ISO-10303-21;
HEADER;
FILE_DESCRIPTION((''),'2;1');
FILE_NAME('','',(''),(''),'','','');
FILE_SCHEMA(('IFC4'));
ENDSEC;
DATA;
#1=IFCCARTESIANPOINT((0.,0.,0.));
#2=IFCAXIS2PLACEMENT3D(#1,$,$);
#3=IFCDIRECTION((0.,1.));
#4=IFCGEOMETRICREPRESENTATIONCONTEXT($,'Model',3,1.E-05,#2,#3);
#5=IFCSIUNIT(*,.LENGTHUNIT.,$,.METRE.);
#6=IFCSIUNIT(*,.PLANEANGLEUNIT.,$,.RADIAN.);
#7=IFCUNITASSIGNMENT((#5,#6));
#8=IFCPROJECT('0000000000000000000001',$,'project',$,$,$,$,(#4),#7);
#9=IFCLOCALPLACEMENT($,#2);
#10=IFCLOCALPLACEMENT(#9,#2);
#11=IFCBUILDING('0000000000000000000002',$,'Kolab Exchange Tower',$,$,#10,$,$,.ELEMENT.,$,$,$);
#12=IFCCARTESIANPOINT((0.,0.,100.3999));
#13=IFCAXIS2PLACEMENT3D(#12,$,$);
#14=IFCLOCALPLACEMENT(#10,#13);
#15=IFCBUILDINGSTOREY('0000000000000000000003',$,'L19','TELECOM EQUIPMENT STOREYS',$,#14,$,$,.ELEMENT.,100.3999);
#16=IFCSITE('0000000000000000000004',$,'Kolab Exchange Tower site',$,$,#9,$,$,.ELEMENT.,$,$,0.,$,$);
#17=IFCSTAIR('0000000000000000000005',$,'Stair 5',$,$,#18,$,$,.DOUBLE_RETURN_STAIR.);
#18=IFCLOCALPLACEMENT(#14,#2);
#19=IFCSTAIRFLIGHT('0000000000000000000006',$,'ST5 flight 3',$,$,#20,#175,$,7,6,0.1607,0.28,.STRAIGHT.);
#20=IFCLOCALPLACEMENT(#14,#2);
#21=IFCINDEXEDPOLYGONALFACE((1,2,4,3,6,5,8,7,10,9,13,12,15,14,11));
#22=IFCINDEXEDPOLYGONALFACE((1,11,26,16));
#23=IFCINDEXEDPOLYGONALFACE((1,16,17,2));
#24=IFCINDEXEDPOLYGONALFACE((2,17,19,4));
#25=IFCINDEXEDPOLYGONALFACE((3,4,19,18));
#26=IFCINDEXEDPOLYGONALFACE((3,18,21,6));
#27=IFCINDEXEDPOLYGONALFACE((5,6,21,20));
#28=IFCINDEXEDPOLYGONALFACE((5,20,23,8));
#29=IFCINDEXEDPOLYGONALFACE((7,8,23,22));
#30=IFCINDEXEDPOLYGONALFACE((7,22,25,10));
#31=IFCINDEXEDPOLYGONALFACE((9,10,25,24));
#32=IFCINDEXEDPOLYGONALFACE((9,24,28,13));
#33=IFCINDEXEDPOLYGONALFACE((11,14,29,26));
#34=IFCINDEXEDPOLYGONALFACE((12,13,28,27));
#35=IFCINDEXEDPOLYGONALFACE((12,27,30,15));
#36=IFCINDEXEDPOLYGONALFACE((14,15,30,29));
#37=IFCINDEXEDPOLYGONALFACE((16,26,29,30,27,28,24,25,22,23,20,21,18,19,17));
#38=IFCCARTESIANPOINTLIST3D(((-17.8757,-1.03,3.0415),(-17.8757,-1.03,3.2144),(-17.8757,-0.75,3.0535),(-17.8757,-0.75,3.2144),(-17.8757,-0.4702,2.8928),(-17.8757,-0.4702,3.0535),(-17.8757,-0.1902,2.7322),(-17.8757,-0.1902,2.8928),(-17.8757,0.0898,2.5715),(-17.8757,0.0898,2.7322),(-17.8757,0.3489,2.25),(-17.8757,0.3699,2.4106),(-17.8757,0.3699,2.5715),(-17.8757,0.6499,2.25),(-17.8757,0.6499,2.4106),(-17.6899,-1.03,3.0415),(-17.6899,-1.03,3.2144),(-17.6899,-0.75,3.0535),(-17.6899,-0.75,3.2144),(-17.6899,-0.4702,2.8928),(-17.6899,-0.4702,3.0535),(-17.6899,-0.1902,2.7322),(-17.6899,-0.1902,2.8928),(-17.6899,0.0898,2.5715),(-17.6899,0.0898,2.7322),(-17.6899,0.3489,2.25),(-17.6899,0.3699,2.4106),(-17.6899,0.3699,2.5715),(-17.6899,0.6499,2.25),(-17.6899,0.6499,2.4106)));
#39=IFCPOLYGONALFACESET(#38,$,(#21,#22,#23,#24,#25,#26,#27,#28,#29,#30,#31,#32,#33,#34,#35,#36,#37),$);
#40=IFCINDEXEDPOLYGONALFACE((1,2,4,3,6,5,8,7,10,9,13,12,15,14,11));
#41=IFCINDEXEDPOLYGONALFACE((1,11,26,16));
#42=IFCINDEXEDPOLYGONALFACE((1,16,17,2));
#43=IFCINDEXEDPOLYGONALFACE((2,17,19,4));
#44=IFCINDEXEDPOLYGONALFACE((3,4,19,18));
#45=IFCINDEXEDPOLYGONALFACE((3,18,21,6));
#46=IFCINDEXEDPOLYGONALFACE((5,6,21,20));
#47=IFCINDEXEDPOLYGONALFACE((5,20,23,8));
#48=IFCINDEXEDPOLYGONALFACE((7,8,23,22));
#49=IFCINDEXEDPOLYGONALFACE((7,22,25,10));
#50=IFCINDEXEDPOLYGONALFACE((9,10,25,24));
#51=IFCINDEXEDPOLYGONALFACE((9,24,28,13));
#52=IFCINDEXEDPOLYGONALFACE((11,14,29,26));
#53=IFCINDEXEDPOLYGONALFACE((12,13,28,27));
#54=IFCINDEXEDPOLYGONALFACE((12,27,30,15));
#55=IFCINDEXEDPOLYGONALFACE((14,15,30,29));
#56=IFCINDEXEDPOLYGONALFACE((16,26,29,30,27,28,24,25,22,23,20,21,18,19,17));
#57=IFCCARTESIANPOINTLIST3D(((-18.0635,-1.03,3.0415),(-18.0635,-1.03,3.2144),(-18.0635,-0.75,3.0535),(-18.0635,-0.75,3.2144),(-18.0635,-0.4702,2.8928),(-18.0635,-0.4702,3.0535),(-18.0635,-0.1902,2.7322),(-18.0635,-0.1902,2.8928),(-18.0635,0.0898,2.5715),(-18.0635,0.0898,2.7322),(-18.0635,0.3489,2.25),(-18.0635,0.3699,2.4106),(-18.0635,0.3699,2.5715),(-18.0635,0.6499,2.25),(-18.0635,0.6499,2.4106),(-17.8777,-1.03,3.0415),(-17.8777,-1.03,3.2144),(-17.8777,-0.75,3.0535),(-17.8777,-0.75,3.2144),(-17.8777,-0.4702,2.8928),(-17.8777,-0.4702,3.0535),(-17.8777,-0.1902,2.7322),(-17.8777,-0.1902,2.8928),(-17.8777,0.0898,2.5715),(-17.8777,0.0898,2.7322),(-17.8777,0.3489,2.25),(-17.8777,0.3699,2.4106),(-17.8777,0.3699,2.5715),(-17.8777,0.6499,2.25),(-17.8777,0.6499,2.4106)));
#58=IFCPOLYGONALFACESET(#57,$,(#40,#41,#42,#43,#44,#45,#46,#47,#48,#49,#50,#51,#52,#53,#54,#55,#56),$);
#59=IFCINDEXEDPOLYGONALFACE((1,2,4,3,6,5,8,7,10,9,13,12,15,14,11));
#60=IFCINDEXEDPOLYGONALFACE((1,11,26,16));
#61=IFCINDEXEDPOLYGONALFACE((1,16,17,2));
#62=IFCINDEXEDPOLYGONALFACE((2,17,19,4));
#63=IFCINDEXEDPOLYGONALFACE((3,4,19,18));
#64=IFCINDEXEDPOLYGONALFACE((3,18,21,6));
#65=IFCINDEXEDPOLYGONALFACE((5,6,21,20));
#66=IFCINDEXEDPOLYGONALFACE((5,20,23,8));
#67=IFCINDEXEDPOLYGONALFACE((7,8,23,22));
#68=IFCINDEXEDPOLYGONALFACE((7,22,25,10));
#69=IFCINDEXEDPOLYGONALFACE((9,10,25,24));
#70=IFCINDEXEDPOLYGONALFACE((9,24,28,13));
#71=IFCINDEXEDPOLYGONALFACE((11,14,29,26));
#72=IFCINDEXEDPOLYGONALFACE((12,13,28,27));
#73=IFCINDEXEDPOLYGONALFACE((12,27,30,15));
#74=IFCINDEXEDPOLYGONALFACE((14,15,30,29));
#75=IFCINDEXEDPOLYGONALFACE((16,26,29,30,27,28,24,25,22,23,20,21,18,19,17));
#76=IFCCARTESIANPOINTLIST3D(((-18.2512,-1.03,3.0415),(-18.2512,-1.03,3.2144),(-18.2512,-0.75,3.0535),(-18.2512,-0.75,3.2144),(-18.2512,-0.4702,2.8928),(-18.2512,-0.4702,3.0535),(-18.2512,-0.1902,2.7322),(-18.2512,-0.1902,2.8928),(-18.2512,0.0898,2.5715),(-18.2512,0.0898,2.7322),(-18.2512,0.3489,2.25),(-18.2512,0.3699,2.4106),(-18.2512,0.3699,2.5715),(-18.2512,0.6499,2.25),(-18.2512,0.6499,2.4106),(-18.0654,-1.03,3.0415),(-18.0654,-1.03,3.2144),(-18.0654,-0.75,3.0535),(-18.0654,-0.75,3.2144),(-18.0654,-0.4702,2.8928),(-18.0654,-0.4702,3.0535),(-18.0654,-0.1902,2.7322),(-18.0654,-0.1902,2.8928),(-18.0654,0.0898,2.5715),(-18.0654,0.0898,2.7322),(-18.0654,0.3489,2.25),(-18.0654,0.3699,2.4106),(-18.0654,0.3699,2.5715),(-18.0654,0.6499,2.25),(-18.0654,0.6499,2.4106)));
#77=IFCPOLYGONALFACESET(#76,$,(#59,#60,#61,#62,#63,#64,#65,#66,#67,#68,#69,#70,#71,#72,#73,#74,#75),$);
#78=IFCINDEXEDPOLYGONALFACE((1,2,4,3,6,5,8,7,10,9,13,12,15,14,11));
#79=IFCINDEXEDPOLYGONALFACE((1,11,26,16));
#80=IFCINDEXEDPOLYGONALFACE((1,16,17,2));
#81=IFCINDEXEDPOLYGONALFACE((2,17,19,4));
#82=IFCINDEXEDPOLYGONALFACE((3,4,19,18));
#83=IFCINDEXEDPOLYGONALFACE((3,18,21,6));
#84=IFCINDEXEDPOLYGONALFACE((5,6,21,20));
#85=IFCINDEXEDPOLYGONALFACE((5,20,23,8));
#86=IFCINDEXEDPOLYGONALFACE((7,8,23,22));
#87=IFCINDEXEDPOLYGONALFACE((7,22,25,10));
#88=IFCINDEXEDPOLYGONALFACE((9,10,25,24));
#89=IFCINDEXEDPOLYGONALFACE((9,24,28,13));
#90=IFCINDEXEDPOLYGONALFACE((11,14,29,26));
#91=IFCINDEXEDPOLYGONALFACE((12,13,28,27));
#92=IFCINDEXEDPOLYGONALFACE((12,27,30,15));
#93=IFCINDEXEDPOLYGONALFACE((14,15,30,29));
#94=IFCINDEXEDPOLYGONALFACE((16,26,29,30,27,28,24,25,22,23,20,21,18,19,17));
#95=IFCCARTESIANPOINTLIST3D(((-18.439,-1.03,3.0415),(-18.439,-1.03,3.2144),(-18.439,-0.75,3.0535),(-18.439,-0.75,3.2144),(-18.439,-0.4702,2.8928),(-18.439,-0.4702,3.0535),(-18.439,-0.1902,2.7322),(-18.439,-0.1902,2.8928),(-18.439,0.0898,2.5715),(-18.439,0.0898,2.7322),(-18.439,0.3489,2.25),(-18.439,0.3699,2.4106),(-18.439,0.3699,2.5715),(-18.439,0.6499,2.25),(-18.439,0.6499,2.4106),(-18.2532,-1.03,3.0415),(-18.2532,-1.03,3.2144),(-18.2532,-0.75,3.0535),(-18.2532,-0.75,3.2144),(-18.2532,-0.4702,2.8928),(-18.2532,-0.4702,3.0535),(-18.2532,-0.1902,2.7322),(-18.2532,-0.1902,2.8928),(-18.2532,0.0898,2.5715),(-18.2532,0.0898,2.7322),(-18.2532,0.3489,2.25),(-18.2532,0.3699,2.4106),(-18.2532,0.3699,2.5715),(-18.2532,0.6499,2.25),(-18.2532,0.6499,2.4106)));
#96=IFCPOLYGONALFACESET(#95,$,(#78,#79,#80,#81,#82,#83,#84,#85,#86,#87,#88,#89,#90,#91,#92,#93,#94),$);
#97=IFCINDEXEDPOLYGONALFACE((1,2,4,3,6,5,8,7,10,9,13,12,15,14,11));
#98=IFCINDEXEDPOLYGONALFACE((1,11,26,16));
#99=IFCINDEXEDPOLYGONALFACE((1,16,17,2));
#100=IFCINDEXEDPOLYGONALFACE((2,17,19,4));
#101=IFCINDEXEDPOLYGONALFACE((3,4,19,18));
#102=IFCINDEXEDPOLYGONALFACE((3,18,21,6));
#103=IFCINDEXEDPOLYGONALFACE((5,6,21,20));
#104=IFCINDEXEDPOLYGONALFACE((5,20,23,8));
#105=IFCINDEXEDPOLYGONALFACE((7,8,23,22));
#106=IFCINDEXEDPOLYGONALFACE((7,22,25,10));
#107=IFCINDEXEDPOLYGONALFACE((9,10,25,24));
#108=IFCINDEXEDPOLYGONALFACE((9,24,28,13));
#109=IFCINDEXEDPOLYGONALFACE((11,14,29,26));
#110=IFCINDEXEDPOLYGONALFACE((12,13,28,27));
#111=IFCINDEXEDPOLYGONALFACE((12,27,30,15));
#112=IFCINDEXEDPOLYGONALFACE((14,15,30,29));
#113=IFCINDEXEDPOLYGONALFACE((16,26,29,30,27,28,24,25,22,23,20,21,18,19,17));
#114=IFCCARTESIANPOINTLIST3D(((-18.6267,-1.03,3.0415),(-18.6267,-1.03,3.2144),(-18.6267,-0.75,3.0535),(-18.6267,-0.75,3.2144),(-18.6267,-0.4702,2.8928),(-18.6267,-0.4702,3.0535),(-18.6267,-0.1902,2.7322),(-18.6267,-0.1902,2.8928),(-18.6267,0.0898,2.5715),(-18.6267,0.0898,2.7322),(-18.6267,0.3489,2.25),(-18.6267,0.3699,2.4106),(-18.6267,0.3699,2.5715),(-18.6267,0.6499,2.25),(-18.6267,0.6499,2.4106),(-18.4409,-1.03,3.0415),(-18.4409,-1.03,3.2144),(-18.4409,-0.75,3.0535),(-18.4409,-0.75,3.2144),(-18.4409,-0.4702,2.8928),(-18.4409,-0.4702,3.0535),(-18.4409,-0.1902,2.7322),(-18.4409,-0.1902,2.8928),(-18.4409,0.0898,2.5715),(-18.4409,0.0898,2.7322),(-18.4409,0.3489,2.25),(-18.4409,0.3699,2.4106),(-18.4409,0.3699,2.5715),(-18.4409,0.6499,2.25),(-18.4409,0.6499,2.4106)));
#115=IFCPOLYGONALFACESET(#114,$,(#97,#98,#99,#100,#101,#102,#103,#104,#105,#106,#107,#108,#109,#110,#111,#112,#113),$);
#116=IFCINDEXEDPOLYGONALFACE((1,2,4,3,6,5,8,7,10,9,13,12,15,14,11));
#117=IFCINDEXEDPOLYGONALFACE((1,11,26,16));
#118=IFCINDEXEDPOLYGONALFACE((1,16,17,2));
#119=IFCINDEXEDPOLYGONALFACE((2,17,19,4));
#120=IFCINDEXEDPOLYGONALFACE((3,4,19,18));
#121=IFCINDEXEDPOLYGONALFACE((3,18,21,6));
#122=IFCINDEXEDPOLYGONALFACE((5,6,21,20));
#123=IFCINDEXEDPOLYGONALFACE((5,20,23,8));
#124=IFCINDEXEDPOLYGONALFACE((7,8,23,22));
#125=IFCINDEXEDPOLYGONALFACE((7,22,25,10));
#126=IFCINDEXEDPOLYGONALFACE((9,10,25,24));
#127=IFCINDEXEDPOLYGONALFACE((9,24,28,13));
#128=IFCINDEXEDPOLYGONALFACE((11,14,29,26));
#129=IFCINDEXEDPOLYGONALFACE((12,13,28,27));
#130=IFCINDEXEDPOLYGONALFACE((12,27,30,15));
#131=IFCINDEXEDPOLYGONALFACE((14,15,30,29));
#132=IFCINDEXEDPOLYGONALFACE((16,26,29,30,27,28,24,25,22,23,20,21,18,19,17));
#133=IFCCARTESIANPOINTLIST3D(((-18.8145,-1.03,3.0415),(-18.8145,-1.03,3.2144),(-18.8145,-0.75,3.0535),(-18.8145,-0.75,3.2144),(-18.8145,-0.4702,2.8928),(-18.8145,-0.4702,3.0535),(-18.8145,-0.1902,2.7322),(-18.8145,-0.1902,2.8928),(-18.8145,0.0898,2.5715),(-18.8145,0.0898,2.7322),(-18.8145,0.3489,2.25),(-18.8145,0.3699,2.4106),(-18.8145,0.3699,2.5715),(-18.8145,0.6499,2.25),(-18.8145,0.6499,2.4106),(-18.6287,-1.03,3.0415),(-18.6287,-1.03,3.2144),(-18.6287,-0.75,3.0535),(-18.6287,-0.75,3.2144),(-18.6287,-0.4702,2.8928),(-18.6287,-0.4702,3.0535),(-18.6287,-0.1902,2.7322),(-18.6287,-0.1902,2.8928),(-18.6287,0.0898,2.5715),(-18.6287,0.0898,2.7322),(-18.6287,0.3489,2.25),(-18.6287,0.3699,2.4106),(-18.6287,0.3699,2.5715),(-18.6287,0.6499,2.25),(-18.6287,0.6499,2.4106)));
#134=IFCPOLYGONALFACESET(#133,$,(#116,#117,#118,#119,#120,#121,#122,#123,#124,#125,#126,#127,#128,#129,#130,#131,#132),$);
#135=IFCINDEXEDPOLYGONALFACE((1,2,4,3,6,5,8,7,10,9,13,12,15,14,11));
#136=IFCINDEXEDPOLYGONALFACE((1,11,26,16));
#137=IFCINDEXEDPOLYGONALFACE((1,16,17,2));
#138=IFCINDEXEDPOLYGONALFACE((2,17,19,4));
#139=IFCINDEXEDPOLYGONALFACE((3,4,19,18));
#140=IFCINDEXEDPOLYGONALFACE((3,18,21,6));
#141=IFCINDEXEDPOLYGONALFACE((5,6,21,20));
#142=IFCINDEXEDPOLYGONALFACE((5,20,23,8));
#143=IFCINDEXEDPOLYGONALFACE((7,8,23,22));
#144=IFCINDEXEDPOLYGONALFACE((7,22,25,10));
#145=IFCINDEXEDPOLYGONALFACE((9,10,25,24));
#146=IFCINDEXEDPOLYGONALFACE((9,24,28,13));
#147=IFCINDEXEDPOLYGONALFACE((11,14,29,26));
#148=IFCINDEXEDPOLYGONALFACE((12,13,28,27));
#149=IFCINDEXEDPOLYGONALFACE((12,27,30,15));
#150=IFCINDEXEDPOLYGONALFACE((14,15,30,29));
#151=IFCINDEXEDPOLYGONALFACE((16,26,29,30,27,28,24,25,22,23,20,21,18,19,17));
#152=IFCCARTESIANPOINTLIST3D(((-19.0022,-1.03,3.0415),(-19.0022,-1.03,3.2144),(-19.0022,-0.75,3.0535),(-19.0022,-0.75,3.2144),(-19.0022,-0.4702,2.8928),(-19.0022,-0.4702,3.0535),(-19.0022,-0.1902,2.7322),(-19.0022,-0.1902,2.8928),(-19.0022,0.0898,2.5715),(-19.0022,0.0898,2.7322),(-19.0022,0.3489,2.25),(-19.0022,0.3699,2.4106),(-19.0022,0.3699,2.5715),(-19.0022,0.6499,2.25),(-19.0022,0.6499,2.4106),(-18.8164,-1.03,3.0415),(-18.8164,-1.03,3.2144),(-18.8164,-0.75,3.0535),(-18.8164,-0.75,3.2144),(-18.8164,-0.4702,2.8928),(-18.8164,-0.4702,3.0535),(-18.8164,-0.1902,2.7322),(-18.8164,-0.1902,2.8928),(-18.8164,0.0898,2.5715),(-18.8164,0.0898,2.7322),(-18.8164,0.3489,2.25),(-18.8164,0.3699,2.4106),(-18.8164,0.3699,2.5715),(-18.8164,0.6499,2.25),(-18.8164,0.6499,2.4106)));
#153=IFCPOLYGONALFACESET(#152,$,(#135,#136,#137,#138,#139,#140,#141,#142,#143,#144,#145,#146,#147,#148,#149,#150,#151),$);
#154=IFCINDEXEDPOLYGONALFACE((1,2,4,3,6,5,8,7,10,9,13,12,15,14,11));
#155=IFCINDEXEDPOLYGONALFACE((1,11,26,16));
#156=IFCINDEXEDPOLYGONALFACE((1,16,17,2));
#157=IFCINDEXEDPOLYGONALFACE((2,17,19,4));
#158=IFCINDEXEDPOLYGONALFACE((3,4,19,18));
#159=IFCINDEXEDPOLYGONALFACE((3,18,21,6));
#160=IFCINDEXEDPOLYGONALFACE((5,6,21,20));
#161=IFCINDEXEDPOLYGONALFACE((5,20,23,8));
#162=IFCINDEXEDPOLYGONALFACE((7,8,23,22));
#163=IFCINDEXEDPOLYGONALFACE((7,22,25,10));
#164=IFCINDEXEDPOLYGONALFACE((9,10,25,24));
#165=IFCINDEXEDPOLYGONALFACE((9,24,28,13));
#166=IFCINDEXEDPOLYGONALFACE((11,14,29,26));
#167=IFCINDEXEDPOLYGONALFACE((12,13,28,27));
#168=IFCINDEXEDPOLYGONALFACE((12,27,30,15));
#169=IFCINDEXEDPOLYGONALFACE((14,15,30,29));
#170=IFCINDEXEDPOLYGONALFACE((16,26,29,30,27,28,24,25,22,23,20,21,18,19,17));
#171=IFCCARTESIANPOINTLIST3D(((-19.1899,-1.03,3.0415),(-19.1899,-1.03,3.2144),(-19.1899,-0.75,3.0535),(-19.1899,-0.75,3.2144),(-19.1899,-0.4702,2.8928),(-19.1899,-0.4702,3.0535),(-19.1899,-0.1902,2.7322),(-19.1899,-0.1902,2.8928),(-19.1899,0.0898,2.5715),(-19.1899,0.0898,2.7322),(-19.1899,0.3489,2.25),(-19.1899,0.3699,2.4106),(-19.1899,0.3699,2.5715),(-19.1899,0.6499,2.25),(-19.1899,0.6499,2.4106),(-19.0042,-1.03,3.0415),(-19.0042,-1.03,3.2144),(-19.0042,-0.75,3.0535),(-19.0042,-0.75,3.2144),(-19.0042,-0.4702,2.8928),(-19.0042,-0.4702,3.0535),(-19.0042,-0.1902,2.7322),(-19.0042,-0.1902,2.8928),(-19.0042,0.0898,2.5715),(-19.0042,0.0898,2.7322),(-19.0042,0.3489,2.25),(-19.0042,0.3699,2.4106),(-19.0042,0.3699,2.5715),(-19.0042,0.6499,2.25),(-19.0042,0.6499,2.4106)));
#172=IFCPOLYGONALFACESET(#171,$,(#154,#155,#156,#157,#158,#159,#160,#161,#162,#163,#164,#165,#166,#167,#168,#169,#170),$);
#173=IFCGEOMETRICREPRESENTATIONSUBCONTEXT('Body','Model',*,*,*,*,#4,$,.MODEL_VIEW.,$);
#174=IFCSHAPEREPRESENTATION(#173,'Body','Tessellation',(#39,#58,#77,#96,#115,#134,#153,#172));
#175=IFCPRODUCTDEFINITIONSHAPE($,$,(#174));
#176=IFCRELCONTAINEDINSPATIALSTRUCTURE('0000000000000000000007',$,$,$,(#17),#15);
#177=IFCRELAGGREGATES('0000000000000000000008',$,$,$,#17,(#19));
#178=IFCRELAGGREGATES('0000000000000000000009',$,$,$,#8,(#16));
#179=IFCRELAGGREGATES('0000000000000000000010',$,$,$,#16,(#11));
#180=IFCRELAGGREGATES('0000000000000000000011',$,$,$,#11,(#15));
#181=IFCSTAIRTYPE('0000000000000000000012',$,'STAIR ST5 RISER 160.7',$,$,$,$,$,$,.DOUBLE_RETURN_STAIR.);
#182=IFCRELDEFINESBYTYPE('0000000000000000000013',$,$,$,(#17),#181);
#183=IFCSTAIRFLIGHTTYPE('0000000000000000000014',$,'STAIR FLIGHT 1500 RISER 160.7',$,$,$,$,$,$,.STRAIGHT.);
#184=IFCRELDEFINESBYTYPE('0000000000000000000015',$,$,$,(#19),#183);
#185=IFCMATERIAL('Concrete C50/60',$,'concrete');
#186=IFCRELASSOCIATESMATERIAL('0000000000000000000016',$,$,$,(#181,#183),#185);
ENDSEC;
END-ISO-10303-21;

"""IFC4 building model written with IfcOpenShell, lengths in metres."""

from ifc_helpers import new_model, si_unit, direction, frame, origin, place, context, subcontext, project, spatial, polyline, outline, extrude, material, type_object, element, aggregate, save


model = new_model("IFC4")

# Units and contexts
model_context = context("Model", 3, precision=1e-05, world=origin(), true_north=direction((0.0, 1.0)))
body_context = subcontext(model_context, "Body", "Model", "MODEL_VIEW")
ifc_project = project(units=[si_unit("LENGTHUNIT", "METRE"), si_unit("PLANEANGLEUNIT", "RADIAN")], contexts=[model_context])

# Site, building, storey
site_placement = place(None, origin())
site = spatial("IfcSite", under=ifc_project, at=site_placement, Name="Kolab Exchange Tower site", CompositionType="ELEMENT", RefElevation=0.0)
building_placement = place(site_placement, origin())
building = spatial("IfcBuilding", under=site, at=building_placement, Name="Kolab Exchange Tower", CompositionType="ELEMENT")
storey_placement = place(building_placement, frame((0.0, 0.0, 100.3999)))
storey = spatial("IfcBuildingStorey", under=building, at=storey_placement, Name="L19", Description="TELECOM EQUIPMENT STOREYS", CompositionType="ELEMENT", Elevation=100.3999)

# Shared definitions
ifc_material_1 = material(Name="Concrete C50/60", Category="concrete")

# Stair, stair flight
stair_type = type_object("IfcStairType", Name="STAIR ST5 RISER 160.7", PredefinedType="DOUBLE_RETURN_STAIR", material=ifc_material_1)
stair_placement = place(storey_placement, origin())
stair = element("IfcStair", 1, at=stair_placement, inside=storey, type_object=stair_type, Name="Stair 5", PredefinedType="DOUBLE_RETURN_STAIR")
stair_flight_type = type_object("IfcStairFlightType", Name="STAIR FLIGHT 1500 RISER 160.7", PredefinedType="STRAIGHT", material=ifc_material_1)
stair_flight_1_placement = place(storey_placement, frame((-18.4399, 0.6499, 2.25), z_axis=(0.0, 0.0, 1.0), x_axis=(0.0, -1.0, 0.0)))
stair_flight_1 = element("IfcStairFlight", 2, at=stair_flight_1_placement, type_object=stair_flight_type, Name="ST5 flight 3", NumberOfRisers=7, NumberOfTreads=6, PredefinedType="STRAIGHT", RiserHeight=0.1607, TreadLength=0.28, context=body_context, shape_type="SweptSolid", body=[
    extrude(outline(polyline([(0.0, 0.0), (0.0, 0.1606), (0.28, 0.1606), (0.28, 0.3215), (0.5601, 0.3215), (0.5601, 0.4822), (0.8401, 0.4822), (0.8401, 0.6428), (1.1201, 0.6428), (1.1201, 0.8035), (1.3999, 0.8035), (1.3999, 0.9644), (1.6799, 0.9644), (1.6799, 1.125), (1.6799, 0.7915), (0.301, 0.0), (0.0, 0.0)])), frame((0.0, 0.75, 0.0), z_axis=(0.0, -1.0, 0.0), x_axis=(1.0, 0.0, 0.0)), (0.0, 0.0, 1.0), 0.1858),
    extrude(outline(polyline([(0.0, 0.0), (0.0, 0.1606), (0.28, 0.1606), (0.28, 0.3215), (0.5601, 0.3215), (0.5601, 0.4822), (0.8401, 0.4822), (0.8401, 0.6428), (1.1201, 0.6428), (1.1201, 0.8035), (1.3999, 0.8035), (1.3999, 0.9644), (1.6799, 0.9644), (1.6799, 1.125), (1.6799, 0.7915), (0.301, 0.0), (0.0, 0.0)])), frame((0.0, 0.5623, 0.0), z_axis=(0.0, -1.0, 0.0), x_axis=(1.0, 0.0, 0.0)), (0.0, 0.0, 1.0), 0.1858),
    extrude(outline(polyline([(0.0, 0.0), (0.0, 0.1606), (0.28, 0.1606), (0.28, 0.3215), (0.5601, 0.3215), (0.5601, 0.4822), (0.8401, 0.4822), (0.8401, 0.6428), (1.1201, 0.6428), (1.1201, 0.8035), (1.3999, 0.8035), (1.3999, 0.9644), (1.6799, 0.9644), (1.6799, 1.125), (1.6799, 0.7915), (0.301, 0.0), (0.0, 0.0)])), frame((0.0, 0.3745, 0.0), z_axis=(0.0, -1.0, 0.0), x_axis=(1.0, 0.0, 0.0)), (0.0, 0.0, 1.0), 0.1858),
    extrude(outline(polyline([(0.0, 0.0), (0.0, 0.1606), (0.28, 0.1606), (0.28, 0.3215), (0.5601, 0.3215), (0.5601, 0.4822), (0.8401, 0.4822), (0.8401, 0.6428), (1.1201, 0.6428), (1.1201, 0.8035), (1.3999, 0.8035), (1.3999, 0.9644), (1.6799, 0.9644), (1.6799, 1.125), (1.6799, 0.7915), (0.301, 0.0), (0.0, 0.0)])), frame((0.0, 0.1868, 0.0), z_axis=(0.0, -1.0, 0.0), x_axis=(1.0, 0.0, 0.0)), (0.0, 0.0, 1.0), 0.1858),
    extrude(outline(polyline([(0.0, 0.0), (0.0, 0.1606), (0.28, 0.1606), (0.28, 0.3215), (0.5601, 0.3215), (0.5601, 0.4822), (0.8401, 0.4822), (0.8401, 0.6428), (1.1201, 0.6428), (1.1201, 0.8035), (1.3999, 0.8035), (1.3999, 0.9644), (1.6799, 0.9644), (1.6799, 1.125), (1.6799, 0.7915), (0.301, 0.0), (0.0, 0.0)])), frame((0.0, -0.001, 0.0), z_axis=(0.0, -1.0, 0.0), x_axis=(1.0, 0.0, 0.0)), (0.0, 0.0, 1.0), 0.1858),
    extrude(outline(polyline([(0.0, 0.0), (0.0, 0.1606), (0.28, 0.1606), (0.28, 0.3215), (0.5601, 0.3215), (0.5601, 0.4822), (0.8401, 0.4822), (0.8401, 0.6428), (1.1201, 0.6428), (1.1201, 0.8035), (1.3999, 0.8035), (1.3999, 0.9644), (1.6799, 0.9644), (1.6799, 1.125), (1.6799, 0.7915), (0.301, 0.0), (0.0, 0.0)])), frame((0.0, -0.1887, 0.0), z_axis=(0.0, -1.0, 0.0), x_axis=(1.0, 0.0, 0.0)), (0.0, 0.0, 1.0), 0.1858),
    extrude(outline(polyline([(0.0, 0.0), (0.0, 0.1606), (0.28, 0.1606), (0.28, 0.3215), (0.5601, 0.3215), (0.5601, 0.4822), (0.8401, 0.4822), (0.8401, 0.6428), (1.1201, 0.6428), (1.1201, 0.8035), (1.3999, 0.8035), (1.3999, 0.9644), (1.6799, 0.9644), (1.6799, 1.125), (1.6799, 0.7915), (0.301, 0.0), (0.0, 0.0)])), frame((0.0, -0.3765, 0.0), z_axis=(0.0, -1.0, 0.0), x_axis=(1.0, 0.0, 0.0)), (0.0, 0.0, 1.0), 0.1858),
    extrude(outline(polyline([(0.0, 0.0), (0.0, 0.1606), (0.28, 0.1606), (0.28, 0.3215), (0.5601, 0.3215), (0.5601, 0.4822), (0.8401, 0.4822), (0.8401, 0.6428), (1.1201, 0.6428), (1.1201, 0.8035), (1.3999, 0.8035), (1.3999, 0.9644), (1.6799, 0.9644), (1.6799, 1.125), (1.6799, 0.7915), (0.301, 0.0), (0.0, 0.0)])), frame((0.0, -0.5642, 0.0), z_axis=(0.0, -1.0, 0.0), x_axis=(1.0, 0.0, 0.0)), (0.0, 0.0, 1.0), 0.1858),
])
aggregate(stair, [stair_flight_1])

save(model, "model.ifc")
